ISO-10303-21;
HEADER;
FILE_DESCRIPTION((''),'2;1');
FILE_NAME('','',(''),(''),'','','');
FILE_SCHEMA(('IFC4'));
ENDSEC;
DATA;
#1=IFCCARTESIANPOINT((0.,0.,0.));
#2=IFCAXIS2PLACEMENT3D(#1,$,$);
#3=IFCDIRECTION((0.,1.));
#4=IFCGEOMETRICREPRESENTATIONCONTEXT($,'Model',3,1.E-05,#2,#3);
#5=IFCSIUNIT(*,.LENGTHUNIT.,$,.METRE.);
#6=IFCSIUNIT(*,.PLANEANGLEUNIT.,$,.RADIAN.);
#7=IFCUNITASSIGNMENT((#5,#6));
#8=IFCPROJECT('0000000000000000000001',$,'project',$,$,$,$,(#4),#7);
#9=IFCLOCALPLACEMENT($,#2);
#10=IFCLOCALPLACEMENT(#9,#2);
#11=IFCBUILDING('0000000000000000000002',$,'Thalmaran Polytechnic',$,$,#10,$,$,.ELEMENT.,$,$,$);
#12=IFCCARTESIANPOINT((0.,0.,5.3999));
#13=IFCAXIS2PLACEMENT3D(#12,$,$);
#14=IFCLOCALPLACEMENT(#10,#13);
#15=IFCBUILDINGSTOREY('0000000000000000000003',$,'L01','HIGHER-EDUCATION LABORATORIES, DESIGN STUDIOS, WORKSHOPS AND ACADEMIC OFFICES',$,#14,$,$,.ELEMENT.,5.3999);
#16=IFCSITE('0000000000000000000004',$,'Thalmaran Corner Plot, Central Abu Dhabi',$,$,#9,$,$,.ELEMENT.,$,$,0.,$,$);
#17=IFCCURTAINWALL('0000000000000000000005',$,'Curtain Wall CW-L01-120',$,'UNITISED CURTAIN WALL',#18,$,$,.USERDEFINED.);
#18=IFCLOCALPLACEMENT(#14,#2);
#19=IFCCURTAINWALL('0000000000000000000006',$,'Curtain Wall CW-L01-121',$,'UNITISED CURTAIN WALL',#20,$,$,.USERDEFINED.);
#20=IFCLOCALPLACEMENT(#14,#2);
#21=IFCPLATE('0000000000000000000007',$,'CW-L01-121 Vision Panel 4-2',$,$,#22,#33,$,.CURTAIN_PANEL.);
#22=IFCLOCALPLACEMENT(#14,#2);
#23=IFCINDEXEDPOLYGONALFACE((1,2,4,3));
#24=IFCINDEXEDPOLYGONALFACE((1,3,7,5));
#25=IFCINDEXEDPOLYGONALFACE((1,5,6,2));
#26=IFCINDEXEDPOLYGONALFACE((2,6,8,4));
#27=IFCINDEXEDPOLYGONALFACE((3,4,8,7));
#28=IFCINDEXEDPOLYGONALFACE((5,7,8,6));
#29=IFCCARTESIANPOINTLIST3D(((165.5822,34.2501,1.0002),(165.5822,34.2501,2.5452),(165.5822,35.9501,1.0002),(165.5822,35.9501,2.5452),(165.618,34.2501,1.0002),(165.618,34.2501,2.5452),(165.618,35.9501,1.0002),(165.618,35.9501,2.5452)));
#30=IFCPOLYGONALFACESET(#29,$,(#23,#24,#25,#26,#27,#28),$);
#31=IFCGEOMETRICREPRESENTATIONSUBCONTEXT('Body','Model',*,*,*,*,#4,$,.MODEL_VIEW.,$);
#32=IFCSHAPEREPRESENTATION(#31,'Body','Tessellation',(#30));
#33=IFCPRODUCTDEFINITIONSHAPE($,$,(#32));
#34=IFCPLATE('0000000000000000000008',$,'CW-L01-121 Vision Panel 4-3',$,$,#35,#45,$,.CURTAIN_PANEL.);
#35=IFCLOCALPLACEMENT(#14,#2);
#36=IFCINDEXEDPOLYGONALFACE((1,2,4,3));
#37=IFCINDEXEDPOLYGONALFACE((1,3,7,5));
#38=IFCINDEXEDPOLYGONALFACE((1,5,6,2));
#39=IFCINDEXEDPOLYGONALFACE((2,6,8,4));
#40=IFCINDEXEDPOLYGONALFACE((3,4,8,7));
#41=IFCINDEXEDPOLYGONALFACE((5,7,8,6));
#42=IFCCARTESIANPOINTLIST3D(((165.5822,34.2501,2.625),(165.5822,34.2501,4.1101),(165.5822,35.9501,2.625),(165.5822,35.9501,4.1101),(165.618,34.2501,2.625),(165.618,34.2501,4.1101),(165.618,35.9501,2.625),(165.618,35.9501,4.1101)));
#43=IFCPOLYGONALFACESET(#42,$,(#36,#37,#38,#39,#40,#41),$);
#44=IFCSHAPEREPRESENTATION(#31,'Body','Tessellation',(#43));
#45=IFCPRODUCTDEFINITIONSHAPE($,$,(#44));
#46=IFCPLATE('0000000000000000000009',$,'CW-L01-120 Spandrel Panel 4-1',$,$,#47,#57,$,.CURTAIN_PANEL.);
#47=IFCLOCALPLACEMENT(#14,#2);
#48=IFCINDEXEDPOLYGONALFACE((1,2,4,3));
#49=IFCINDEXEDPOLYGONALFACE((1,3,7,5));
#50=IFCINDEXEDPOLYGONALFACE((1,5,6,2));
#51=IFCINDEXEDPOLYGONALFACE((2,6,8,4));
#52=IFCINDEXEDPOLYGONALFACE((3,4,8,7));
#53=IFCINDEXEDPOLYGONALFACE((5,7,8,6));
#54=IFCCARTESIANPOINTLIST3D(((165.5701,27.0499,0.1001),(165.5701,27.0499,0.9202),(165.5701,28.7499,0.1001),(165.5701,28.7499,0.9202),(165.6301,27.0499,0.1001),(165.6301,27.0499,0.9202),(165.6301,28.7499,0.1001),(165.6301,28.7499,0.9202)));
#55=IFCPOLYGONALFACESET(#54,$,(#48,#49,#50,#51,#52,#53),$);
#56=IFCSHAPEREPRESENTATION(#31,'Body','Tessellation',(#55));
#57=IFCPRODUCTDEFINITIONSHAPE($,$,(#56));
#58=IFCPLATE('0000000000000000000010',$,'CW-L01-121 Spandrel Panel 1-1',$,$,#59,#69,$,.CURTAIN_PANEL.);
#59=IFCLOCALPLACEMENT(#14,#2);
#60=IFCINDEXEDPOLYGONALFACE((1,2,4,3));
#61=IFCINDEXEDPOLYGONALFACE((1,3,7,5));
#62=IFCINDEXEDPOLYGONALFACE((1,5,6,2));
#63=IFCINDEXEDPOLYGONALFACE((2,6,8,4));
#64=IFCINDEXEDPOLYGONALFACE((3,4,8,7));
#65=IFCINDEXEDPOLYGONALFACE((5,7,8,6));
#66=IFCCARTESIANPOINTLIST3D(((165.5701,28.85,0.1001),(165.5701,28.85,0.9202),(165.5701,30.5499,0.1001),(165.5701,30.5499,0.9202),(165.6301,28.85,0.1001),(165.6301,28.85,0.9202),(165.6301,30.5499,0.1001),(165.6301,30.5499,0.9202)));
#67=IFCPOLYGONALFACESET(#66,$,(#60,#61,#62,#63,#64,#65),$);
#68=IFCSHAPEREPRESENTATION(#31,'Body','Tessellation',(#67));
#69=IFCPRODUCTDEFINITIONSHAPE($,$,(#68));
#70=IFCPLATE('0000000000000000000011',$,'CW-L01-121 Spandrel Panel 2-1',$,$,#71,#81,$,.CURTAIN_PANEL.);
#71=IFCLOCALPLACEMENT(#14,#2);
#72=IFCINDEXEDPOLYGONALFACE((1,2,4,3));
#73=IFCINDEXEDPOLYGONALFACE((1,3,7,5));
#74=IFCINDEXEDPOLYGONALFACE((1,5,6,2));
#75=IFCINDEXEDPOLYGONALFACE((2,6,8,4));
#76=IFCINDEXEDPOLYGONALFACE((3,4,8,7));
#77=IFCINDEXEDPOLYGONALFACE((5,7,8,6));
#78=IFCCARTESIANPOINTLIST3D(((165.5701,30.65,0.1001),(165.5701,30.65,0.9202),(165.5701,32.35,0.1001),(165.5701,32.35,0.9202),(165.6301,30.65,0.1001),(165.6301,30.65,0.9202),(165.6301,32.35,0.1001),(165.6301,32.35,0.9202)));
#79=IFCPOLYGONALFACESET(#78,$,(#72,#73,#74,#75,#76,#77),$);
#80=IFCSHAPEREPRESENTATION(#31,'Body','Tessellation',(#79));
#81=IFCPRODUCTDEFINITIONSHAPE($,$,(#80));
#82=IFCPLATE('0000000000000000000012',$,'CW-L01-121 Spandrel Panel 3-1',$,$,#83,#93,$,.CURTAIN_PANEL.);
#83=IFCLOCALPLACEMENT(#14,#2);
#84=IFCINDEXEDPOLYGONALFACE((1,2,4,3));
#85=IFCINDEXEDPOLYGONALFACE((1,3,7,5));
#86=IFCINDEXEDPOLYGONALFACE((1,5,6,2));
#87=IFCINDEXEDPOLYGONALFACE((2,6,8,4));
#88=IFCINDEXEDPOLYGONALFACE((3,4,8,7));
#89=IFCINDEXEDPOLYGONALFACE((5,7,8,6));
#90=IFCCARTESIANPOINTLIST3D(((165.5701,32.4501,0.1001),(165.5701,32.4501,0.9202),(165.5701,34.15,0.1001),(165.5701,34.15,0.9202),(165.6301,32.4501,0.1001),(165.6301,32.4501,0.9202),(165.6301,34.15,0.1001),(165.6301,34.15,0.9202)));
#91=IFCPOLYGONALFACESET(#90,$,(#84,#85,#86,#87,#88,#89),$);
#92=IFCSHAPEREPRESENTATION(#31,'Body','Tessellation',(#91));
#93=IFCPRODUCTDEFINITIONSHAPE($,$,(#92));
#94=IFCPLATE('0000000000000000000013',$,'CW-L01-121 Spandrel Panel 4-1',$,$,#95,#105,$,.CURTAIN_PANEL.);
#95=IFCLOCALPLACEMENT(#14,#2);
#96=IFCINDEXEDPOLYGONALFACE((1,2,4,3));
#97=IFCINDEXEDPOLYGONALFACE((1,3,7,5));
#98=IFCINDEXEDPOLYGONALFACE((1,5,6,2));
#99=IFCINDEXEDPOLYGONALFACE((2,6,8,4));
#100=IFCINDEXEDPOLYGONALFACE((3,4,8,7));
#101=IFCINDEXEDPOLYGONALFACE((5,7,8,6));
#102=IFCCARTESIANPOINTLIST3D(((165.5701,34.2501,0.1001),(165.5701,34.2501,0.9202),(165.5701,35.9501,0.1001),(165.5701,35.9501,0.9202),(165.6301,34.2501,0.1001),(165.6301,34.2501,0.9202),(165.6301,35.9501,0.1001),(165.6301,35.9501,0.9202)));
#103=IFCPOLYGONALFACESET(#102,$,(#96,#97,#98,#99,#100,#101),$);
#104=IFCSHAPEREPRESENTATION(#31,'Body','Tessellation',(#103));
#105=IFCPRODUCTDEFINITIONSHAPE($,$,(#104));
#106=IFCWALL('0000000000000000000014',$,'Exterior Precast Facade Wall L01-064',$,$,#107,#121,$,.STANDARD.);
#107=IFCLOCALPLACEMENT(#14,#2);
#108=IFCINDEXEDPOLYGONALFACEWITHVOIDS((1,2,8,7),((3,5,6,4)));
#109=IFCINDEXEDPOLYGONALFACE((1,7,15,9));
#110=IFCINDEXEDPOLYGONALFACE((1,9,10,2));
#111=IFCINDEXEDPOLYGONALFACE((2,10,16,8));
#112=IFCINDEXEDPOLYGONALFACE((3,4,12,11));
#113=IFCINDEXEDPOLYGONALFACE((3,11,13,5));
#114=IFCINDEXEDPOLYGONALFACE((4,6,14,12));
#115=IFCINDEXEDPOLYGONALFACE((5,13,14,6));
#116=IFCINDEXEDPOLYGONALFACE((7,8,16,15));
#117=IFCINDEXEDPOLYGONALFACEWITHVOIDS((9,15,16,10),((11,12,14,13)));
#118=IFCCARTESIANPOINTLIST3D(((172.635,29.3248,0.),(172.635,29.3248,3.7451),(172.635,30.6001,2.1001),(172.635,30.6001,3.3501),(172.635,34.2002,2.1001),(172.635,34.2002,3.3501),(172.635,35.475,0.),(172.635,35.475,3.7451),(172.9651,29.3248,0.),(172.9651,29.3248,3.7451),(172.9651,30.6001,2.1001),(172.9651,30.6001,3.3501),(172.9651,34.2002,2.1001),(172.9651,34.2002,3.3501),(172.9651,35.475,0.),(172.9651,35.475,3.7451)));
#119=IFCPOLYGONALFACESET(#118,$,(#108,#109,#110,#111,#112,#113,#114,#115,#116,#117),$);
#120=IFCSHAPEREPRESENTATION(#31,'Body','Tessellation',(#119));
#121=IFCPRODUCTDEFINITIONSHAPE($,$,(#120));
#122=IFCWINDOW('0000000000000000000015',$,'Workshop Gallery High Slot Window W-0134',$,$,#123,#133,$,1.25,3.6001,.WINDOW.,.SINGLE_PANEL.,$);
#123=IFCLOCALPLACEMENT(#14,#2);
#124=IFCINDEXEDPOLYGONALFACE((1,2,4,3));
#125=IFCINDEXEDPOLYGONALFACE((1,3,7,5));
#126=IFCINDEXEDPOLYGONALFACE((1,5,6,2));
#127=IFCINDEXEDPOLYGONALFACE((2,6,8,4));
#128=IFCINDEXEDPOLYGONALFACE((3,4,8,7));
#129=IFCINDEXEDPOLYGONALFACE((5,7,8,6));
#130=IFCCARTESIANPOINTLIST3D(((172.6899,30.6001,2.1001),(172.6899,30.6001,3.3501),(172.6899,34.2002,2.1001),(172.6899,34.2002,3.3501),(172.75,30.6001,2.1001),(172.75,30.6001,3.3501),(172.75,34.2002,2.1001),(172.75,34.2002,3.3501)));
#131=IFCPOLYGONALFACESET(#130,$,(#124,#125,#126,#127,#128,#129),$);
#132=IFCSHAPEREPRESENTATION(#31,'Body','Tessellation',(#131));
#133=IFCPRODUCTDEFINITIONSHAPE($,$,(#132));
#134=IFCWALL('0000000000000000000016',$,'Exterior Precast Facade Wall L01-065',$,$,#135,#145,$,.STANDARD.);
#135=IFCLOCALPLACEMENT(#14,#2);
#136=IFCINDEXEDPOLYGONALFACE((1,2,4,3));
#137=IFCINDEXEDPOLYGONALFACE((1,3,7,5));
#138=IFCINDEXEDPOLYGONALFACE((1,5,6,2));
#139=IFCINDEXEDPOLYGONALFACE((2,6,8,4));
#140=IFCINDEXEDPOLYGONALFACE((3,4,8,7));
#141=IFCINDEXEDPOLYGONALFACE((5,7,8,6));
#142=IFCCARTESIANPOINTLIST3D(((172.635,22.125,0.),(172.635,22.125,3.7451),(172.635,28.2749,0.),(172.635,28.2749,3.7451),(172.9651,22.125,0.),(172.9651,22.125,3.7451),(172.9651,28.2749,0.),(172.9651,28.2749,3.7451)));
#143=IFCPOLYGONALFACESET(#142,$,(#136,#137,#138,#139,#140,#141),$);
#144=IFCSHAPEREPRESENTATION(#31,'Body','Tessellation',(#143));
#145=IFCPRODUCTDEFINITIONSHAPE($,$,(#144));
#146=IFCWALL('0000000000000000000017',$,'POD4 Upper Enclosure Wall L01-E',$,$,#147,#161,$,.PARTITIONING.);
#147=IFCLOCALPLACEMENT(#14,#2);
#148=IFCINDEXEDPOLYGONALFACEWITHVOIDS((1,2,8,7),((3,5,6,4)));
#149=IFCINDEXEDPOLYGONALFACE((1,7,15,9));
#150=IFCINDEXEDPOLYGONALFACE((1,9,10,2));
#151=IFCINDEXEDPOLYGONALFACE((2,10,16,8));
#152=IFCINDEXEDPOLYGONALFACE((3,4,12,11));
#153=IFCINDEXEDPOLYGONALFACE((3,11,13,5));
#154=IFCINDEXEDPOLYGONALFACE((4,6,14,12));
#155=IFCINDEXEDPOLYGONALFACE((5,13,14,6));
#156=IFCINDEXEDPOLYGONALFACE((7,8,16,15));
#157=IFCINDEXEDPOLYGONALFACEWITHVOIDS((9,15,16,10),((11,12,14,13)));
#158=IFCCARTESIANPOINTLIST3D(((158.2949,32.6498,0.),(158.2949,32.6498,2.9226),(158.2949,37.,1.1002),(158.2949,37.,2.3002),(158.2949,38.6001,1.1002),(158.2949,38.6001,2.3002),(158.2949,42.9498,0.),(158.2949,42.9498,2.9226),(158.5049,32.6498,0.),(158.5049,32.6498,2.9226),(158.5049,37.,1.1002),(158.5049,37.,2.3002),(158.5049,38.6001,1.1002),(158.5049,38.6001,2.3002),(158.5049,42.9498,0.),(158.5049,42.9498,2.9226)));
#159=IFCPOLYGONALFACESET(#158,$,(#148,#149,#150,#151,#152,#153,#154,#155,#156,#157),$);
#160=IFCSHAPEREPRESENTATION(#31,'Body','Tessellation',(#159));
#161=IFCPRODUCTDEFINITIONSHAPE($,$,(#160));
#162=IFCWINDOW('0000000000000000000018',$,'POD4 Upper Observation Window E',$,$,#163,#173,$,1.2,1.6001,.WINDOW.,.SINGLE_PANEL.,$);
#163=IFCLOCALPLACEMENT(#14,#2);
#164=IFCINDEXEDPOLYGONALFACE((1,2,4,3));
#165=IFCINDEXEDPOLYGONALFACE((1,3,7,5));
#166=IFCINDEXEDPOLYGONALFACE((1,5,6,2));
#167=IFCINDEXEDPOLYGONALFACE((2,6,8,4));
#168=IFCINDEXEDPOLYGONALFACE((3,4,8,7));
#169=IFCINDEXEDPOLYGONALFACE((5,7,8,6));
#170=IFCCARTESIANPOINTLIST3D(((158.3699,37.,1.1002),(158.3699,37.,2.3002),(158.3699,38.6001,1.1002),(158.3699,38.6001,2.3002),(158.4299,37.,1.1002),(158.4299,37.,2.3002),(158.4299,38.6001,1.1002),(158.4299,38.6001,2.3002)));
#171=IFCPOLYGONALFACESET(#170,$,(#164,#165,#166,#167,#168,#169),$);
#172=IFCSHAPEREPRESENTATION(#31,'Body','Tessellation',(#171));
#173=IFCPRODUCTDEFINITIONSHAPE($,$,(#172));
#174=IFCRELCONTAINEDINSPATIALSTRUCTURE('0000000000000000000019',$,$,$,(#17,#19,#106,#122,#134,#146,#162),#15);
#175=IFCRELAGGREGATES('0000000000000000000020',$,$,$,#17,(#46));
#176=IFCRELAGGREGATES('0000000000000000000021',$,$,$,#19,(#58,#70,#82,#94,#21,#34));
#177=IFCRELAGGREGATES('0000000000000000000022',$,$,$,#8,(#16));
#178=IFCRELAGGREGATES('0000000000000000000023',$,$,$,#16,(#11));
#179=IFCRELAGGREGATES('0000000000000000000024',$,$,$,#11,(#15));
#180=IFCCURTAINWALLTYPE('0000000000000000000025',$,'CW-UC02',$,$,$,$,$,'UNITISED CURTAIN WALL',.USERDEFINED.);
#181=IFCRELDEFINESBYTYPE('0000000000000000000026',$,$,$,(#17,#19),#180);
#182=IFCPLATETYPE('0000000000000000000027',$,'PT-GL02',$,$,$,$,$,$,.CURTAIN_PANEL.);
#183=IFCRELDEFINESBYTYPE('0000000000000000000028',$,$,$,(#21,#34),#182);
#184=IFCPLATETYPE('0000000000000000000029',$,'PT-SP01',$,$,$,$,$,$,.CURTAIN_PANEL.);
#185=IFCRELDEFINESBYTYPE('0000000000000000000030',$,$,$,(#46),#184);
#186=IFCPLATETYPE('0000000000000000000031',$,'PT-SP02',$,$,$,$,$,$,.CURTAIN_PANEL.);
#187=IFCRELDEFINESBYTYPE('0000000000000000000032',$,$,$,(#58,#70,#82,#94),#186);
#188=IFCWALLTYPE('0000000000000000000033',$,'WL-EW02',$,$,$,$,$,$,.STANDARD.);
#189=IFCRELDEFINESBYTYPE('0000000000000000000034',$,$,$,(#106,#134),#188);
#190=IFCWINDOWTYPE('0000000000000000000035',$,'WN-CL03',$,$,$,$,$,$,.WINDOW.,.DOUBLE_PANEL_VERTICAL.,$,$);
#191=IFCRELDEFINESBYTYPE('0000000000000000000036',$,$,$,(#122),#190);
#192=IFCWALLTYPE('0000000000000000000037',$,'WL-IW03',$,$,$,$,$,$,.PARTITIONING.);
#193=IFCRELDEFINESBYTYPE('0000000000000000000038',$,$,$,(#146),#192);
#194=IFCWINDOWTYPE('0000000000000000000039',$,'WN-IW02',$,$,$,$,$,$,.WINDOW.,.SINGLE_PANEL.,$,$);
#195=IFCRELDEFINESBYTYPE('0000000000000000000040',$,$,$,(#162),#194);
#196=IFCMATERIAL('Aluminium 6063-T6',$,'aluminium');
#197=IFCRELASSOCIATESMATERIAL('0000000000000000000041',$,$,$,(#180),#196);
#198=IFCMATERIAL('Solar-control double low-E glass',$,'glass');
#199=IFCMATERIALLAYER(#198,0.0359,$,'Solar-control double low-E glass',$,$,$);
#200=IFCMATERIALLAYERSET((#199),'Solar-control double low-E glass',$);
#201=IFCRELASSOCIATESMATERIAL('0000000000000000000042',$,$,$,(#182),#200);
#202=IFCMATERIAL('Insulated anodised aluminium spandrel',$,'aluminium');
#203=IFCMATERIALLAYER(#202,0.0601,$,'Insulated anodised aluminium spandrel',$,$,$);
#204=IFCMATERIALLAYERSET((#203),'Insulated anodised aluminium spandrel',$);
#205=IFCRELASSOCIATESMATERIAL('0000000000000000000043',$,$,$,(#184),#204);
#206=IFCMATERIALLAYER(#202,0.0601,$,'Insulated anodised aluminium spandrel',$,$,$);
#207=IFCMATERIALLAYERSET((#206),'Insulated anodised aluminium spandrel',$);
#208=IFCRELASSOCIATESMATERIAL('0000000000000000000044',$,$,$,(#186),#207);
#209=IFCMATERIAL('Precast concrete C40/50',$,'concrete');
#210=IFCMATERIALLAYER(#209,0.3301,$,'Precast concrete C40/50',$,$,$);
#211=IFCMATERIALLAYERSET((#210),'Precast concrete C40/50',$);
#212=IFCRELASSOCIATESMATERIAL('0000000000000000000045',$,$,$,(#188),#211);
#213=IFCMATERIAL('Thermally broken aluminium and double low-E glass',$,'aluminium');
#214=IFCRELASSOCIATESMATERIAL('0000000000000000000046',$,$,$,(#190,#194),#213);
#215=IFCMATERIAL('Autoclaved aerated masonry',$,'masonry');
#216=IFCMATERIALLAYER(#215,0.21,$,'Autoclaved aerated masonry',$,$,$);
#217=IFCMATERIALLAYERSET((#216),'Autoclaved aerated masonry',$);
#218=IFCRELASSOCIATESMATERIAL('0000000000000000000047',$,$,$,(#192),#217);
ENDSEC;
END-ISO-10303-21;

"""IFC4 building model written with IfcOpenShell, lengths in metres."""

from ifc_helpers import new_model, si_unit, direction, frame, frame_2d, origin, origin_2d, place, context, subcontext, project, spatial, rectangle, extrude, material, layer, layer_set, type_object, element, fill, aggregate, save


model = new_model("IFC4")

# Units and contexts
model_context = context("Model", 3, precision=1e-05, world=origin(), true_north=direction((0.0, 1.0)))
body_context = subcontext(model_context, "Body", "Model", "MODEL_VIEW")
ifc_project = project(units=[si_unit("LENGTHUNIT", "METRE"), si_unit("PLANEANGLEUNIT", "RADIAN")], contexts=[model_context])

# Site, building, storey
site_placement = place(None, origin())
site = spatial("IfcSite", under=ifc_project, at=site_placement, Name="Thalmaran Corner Plot, Central Abu Dhabi", CompositionType="ELEMENT", RefElevation=0.0)
building_placement = place(site_placement, origin())
building = spatial("IfcBuilding", under=site, at=building_placement, Name="Thalmaran Polytechnic", CompositionType="ELEMENT")
storey_placement = place(building_placement, frame((0.0, 0.0, 5.3999)))
storey = spatial("IfcBuildingStorey", under=building, at=storey_placement, Name="L01", Description="HIGHER-EDUCATION LABORATORIES, DESIGN STUDIOS, WORKSHOPS AND ACADEMIC OFFICES", CompositionType="ELEMENT", Elevation=5.3999)

# Curtain wall
ifc_material_1 = material(Name="Aluminium 6063-T6", Category="aluminium")
curtain_wall_type = type_object("IfcCurtainWallType", Name="CW-UC02", ElementType="UNITISED CURTAIN WALL", PredefinedType="USERDEFINED", material=ifc_material_1)
curtain_wall_1_placement = place(storey_placement, origin())
curtain_wall_1 = element("IfcCurtainWall", 1, at=curtain_wall_1_placement, inside=storey, type_object=curtain_wall_type, Name="Curtain Wall CW-L01-120", ObjectType="UNITISED CURTAIN WALL", PredefinedType="USERDEFINED")

# Curtain wall
curtain_wall_2_placement = place(storey_placement, origin())
curtain_wall_2 = element("IfcCurtainWall", 2, at=curtain_wall_2_placement, inside=storey, type_object=curtain_wall_type, Name="Curtain Wall CW-L01-121", ObjectType="UNITISED CURTAIN WALL", PredefinedType="USERDEFINED")

# Plates
ifc_material_2 = material(Name="Solar-control double low-E glass", Category="glass")
ifc_layer_1 = layer(ifc_material_2, 0.0359, Name="Solar-control double low-E glass")
ifc_layer_set_1 = layer_set([ifc_layer_1], Name="Solar-control double low-E glass")
plate_type_1 = type_object("IfcPlateType", Name="PT-GL02", PredefinedType="CURTAIN_PANEL", material=ifc_layer_set_1)
plate_1_placement = place(storey_placement, frame((165.6001, 35.1001, 1.0002), z_axis=(0.0, 0.0, 1.0), x_axis=(0.0, 1.0, 0.0)))
plate_1 = element("IfcPlate", 3, at=plate_1_placement, type_object=plate_type_1, Name="CW-L01-121 Vision Panel 4-2", PredefinedType="CURTAIN_PANEL", context=body_context, shape_type="SweptSolid", body=[
    extrude(rectangle(XDim=1.7, YDim=0.0359, at=origin_2d()), origin(), (0.0, 0.0, 1.0), 1.5449),
])
plate_2_placement = place(storey_placement, frame((165.6001, 35.1001, 2.625), z_axis=(0.0, 0.0, 1.0), x_axis=(0.0, 1.0, 0.0)))
plate_2 = element("IfcPlate", 4, at=plate_2_placement, type_object=plate_type_1, Name="CW-L01-121 Vision Panel 4-3", PredefinedType="CURTAIN_PANEL", context=body_context, shape_type="SweptSolid", body=[
    extrude(rectangle(XDim=1.7, YDim=0.0359, at=origin_2d()), origin(), (0.0, 0.0, 1.0), 1.4851),
])
ifc_material_3 = material(Name="Insulated anodised aluminium spandrel", Category="aluminium")
ifc_layer_2 = layer(ifc_material_3, 0.0601, Name="Insulated anodised aluminium spandrel")
ifc_layer_set_2 = layer_set([ifc_layer_2], Name="Insulated anodised aluminium spandrel")
plate_type_2 = type_object("IfcPlateType", Name="PT-SP01", PredefinedType="CURTAIN_PANEL", material=ifc_layer_set_2)
plate_3_placement = place(storey_placement, frame((165.6001, 27.8999, 0.1001), z_axis=(0.0, 0.0, 1.0), x_axis=(0.0, 1.0, 0.0)))
plate_3 = element("IfcPlate", 5, at=plate_3_placement, type_object=plate_type_2, Name="CW-L01-120 Spandrel Panel 4-1", PredefinedType="CURTAIN_PANEL", context=body_context, shape_type="SweptSolid", body=[
    extrude(rectangle(XDim=1.7, YDim=0.0601, at=origin_2d()), origin(), (0.0, 0.0, 1.0), 0.8201),
])
aggregate(curtain_wall_1, [plate_3])
ifc_layer_3 = layer(ifc_material_3, 0.0601, Name="Insulated anodised aluminium spandrel")
ifc_layer_set_3 = layer_set([ifc_layer_3], Name="Insulated anodised aluminium spandrel")
plate_type_3 = type_object("IfcPlateType", Name="PT-SP02", PredefinedType="CURTAIN_PANEL", material=ifc_layer_set_3)
plate_4_placement = place(storey_placement, frame((165.6001, 29.7, 0.1001), z_axis=(0.0, 0.0, 1.0), x_axis=(0.0, 1.0, 0.0)))
plate_4 = element("IfcPlate", 6, at=plate_4_placement, type_object=plate_type_3, Name="CW-L01-121 Spandrel Panel 1-1", PredefinedType="CURTAIN_PANEL", context=body_context, shape_type="SweptSolid", body=[
    extrude(rectangle(XDim=1.7, YDim=0.0601, at=origin_2d()), origin(), (0.0, 0.0, 1.0), 0.8201),
])
plate_5_placement = place(storey_placement, frame((165.6001, 31.5, 0.1001), z_axis=(0.0, 0.0, 1.0), x_axis=(0.0, 1.0, 0.0)))
plate_5 = element("IfcPlate", 7, at=plate_5_placement, type_object=plate_type_3, Name="CW-L01-121 Spandrel Panel 2-1", PredefinedType="CURTAIN_PANEL", context=body_context, shape_type="SweptSolid", body=[
    extrude(rectangle(XDim=1.7, YDim=0.0601, at=origin_2d()), origin(), (0.0, 0.0, 1.0), 0.8201),
])
plate_6_placement = place(storey_placement, frame((165.6001, 33.3, 0.1001), z_axis=(0.0, 0.0, 1.0), x_axis=(0.0, 1.0, 0.0)))
plate_6 = element("IfcPlate", 8, at=plate_6_placement, type_object=plate_type_3, Name="CW-L01-121 Spandrel Panel 3-1", PredefinedType="CURTAIN_PANEL", context=body_context, shape_type="SweptSolid", body=[
    extrude(rectangle(XDim=1.7, YDim=0.0601, at=origin_2d()), origin(), (0.0, 0.0, 1.0), 0.8201),
])
plate_7_placement = place(storey_placement, frame((165.6001, 35.1001, 0.1001), z_axis=(0.0, 0.0, 1.0), x_axis=(0.0, 1.0, 0.0)))
plate_7 = element("IfcPlate", 9, at=plate_7_placement, type_object=plate_type_3, Name="CW-L01-121 Spandrel Panel 4-1", PredefinedType="CURTAIN_PANEL", context=body_context, shape_type="SweptSolid", body=[
    extrude(rectangle(XDim=1.7, YDim=0.0601, at=origin_2d()), origin(), (0.0, 0.0, 1.0), 0.8201),
])
aggregate(curtain_wall_2, [plate_4, plate_5, plate_6, plate_7, plate_1, plate_2])

# Wall, opening, window
ifc_material_4 = material(Name="Precast concrete C40/50", Category="concrete")
ifc_layer_4 = layer(ifc_material_4, 0.3301, Name="Precast concrete C40/50")
ifc_layer_set_4 = layer_set([ifc_layer_4], Name="Precast concrete C40/50")
wall_type_1 = type_object("IfcWallType", Name="WL-EW02", PredefinedType="STANDARD", material=ifc_layer_set_4)
wall_1_placement = place(storey_placement, frame((172.8, 35.4751, 0.0), z_axis=(0.0, 0.0, 1.0), x_axis=(0.0, -1.0, 0.0)))
wall_1 = element("IfcWall", 10, at=wall_1_placement, inside=storey, type_object=wall_type_1, Name="Exterior Precast Facade Wall L01-064", PredefinedType="STANDARD", context=body_context, shape_type="SweptSolid", body=[
    extrude(rectangle(XDim=6.1501, YDim=0.3301, at=frame_2d((3.0752, 0.0))), origin(), (0.0, 0.0, 1.0), 3.7451),
])
opening_1_placement = place(wall_1_placement, frame((1.2749, 0.0, 2.1001)))
opening_1 = element("IfcOpeningElement", 11, at=opening_1_placement, cuts=wall_1, PredefinedType="OPENING", context=body_context, shape_type="SweptSolid", body=[
    extrude(rectangle(XDim=3.6001, YDim=1.25, at=frame_2d((1.8, 0.625))), frame((0.0, 0.175, 0.0), z_axis=(0.0, -1.0, 0.0), x_axis=(1.0, 0.0, 0.0)), (0.0, 0.0, 1.0), 0.3501),
])
ifc_material_5 = material(Name="Thermally broken aluminium and double low-E glass", Category="aluminium")
window_type_1 = type_object("IfcWindowType", Name="WN-CL03", PartitioningType="DOUBLE_PANEL_VERTICAL", PredefinedType="WINDOW", material=ifc_material_5)
window_1_placement = place(opening_1_placement, origin())
window_1 = element("IfcWindow", 12, at=window_1_placement, inside=storey, type_object=window_type_1, Name="Workshop Gallery High Slot Window W-0134", OverallHeight=1.25, OverallWidth=3.6001, PartitioningType="SINGLE_PANEL", PredefinedType="WINDOW", context=body_context, shape_type="SweptSolid", body=[
    extrude(rectangle(XDim=3.6001, YDim=1.25, at=frame_2d((1.8, 0.625))), frame((0.0, -0.05, 0.0), z_axis=(0.0, -1.0, 0.0), x_axis=(1.0, 0.0, 0.0)), (0.0, 0.0, 1.0), 0.0601),
])
fill(opening_1, window_1)

# Wall
wall_2_placement = place(storey_placement, frame((172.8, 28.2749, 0.0), z_axis=(0.0, 0.0, 1.0), x_axis=(0.0, -1.0, 0.0)))
element("IfcWall", 13, at=wall_2_placement, inside=storey, type_object=wall_type_1, Name="Exterior Precast Facade Wall L01-065", PredefinedType="STANDARD", context=body_context, shape_type="SweptSolid", body=[
    extrude(rectangle(XDim=6.1499, YDim=0.3301, at=frame_2d((3.075, 0.0))), origin(), (0.0, 0.0, 1.0), 3.7451),
])

# Wall, opening, window
ifc_material_6 = material(Name="Autoclaved aerated masonry", Category="masonry")
ifc_layer_5 = layer(ifc_material_6, 0.21, Name="Autoclaved aerated masonry")
ifc_layer_set_5 = layer_set([ifc_layer_5], Name="Autoclaved aerated masonry")
wall_type_2 = type_object("IfcWallType", Name="WL-IW03", PredefinedType="PARTITIONING", material=ifc_layer_set_5)
wall_3_placement = place(storey_placement, frame((158.3999, 32.6499, 0.0), z_axis=(0.0, 0.0, 1.0), x_axis=(0.0, 1.0, 0.0)))
wall_3 = element("IfcWall", 14, at=wall_3_placement, inside=storey, type_object=wall_type_2, Name="POD4 Upper Enclosure Wall L01-E", PredefinedType="PARTITIONING", context=body_context, shape_type="SweptSolid", body=[
    extrude(rectangle(XDim=10.3, YDim=0.21, at=frame_2d((5.1499, 0.0))), origin(), (0.0, 0.0, 1.0), 2.9226),
])
opening_2_placement = place(wall_3_placement, frame((4.3501, 0.0, 1.1001)))
opening_2 = element("IfcOpeningElement", 15, at=opening_2_placement, cuts=wall_3, PredefinedType="OPENING", context=body_context, shape_type="SweptSolid", body=[
    extrude(rectangle(XDim=1.6001, YDim=1.2, at=frame_2d((0.8, 0.6001))), frame((0.0, 0.115, 0.0), z_axis=(0.0, -1.0, 0.0), x_axis=(1.0, 0.0, 0.0)), (0.0, 0.0, 1.0), 0.23),
])
window_type_2 = type_object("IfcWindowType", Name="WN-IW02", PartitioningType="SINGLE_PANEL", PredefinedType="WINDOW", material=ifc_material_5)
window_2_placement = place(opening_2_placement, origin())
window_2 = element("IfcWindow", 16, at=window_2_placement, inside=storey, type_object=window_type_2, Name="POD4 Upper Observation Window E", OverallHeight=1.2, OverallWidth=1.6001, PartitioningType="SINGLE_PANEL", PredefinedType="WINDOW", context=body_context, shape_type="SweptSolid", body=[
    extrude(rectangle(XDim=1.6001, YDim=1.2, at=frame_2d((0.8, 0.6001))), frame((0.0, 0.03, 0.0), z_axis=(0.0, -1.0, 0.0), x_axis=(1.0, 0.0, 0.0)), (0.0, 0.0, 1.0), 0.0601),
])
fill(opening_2, window_2)

save(model, "model.ifc")
